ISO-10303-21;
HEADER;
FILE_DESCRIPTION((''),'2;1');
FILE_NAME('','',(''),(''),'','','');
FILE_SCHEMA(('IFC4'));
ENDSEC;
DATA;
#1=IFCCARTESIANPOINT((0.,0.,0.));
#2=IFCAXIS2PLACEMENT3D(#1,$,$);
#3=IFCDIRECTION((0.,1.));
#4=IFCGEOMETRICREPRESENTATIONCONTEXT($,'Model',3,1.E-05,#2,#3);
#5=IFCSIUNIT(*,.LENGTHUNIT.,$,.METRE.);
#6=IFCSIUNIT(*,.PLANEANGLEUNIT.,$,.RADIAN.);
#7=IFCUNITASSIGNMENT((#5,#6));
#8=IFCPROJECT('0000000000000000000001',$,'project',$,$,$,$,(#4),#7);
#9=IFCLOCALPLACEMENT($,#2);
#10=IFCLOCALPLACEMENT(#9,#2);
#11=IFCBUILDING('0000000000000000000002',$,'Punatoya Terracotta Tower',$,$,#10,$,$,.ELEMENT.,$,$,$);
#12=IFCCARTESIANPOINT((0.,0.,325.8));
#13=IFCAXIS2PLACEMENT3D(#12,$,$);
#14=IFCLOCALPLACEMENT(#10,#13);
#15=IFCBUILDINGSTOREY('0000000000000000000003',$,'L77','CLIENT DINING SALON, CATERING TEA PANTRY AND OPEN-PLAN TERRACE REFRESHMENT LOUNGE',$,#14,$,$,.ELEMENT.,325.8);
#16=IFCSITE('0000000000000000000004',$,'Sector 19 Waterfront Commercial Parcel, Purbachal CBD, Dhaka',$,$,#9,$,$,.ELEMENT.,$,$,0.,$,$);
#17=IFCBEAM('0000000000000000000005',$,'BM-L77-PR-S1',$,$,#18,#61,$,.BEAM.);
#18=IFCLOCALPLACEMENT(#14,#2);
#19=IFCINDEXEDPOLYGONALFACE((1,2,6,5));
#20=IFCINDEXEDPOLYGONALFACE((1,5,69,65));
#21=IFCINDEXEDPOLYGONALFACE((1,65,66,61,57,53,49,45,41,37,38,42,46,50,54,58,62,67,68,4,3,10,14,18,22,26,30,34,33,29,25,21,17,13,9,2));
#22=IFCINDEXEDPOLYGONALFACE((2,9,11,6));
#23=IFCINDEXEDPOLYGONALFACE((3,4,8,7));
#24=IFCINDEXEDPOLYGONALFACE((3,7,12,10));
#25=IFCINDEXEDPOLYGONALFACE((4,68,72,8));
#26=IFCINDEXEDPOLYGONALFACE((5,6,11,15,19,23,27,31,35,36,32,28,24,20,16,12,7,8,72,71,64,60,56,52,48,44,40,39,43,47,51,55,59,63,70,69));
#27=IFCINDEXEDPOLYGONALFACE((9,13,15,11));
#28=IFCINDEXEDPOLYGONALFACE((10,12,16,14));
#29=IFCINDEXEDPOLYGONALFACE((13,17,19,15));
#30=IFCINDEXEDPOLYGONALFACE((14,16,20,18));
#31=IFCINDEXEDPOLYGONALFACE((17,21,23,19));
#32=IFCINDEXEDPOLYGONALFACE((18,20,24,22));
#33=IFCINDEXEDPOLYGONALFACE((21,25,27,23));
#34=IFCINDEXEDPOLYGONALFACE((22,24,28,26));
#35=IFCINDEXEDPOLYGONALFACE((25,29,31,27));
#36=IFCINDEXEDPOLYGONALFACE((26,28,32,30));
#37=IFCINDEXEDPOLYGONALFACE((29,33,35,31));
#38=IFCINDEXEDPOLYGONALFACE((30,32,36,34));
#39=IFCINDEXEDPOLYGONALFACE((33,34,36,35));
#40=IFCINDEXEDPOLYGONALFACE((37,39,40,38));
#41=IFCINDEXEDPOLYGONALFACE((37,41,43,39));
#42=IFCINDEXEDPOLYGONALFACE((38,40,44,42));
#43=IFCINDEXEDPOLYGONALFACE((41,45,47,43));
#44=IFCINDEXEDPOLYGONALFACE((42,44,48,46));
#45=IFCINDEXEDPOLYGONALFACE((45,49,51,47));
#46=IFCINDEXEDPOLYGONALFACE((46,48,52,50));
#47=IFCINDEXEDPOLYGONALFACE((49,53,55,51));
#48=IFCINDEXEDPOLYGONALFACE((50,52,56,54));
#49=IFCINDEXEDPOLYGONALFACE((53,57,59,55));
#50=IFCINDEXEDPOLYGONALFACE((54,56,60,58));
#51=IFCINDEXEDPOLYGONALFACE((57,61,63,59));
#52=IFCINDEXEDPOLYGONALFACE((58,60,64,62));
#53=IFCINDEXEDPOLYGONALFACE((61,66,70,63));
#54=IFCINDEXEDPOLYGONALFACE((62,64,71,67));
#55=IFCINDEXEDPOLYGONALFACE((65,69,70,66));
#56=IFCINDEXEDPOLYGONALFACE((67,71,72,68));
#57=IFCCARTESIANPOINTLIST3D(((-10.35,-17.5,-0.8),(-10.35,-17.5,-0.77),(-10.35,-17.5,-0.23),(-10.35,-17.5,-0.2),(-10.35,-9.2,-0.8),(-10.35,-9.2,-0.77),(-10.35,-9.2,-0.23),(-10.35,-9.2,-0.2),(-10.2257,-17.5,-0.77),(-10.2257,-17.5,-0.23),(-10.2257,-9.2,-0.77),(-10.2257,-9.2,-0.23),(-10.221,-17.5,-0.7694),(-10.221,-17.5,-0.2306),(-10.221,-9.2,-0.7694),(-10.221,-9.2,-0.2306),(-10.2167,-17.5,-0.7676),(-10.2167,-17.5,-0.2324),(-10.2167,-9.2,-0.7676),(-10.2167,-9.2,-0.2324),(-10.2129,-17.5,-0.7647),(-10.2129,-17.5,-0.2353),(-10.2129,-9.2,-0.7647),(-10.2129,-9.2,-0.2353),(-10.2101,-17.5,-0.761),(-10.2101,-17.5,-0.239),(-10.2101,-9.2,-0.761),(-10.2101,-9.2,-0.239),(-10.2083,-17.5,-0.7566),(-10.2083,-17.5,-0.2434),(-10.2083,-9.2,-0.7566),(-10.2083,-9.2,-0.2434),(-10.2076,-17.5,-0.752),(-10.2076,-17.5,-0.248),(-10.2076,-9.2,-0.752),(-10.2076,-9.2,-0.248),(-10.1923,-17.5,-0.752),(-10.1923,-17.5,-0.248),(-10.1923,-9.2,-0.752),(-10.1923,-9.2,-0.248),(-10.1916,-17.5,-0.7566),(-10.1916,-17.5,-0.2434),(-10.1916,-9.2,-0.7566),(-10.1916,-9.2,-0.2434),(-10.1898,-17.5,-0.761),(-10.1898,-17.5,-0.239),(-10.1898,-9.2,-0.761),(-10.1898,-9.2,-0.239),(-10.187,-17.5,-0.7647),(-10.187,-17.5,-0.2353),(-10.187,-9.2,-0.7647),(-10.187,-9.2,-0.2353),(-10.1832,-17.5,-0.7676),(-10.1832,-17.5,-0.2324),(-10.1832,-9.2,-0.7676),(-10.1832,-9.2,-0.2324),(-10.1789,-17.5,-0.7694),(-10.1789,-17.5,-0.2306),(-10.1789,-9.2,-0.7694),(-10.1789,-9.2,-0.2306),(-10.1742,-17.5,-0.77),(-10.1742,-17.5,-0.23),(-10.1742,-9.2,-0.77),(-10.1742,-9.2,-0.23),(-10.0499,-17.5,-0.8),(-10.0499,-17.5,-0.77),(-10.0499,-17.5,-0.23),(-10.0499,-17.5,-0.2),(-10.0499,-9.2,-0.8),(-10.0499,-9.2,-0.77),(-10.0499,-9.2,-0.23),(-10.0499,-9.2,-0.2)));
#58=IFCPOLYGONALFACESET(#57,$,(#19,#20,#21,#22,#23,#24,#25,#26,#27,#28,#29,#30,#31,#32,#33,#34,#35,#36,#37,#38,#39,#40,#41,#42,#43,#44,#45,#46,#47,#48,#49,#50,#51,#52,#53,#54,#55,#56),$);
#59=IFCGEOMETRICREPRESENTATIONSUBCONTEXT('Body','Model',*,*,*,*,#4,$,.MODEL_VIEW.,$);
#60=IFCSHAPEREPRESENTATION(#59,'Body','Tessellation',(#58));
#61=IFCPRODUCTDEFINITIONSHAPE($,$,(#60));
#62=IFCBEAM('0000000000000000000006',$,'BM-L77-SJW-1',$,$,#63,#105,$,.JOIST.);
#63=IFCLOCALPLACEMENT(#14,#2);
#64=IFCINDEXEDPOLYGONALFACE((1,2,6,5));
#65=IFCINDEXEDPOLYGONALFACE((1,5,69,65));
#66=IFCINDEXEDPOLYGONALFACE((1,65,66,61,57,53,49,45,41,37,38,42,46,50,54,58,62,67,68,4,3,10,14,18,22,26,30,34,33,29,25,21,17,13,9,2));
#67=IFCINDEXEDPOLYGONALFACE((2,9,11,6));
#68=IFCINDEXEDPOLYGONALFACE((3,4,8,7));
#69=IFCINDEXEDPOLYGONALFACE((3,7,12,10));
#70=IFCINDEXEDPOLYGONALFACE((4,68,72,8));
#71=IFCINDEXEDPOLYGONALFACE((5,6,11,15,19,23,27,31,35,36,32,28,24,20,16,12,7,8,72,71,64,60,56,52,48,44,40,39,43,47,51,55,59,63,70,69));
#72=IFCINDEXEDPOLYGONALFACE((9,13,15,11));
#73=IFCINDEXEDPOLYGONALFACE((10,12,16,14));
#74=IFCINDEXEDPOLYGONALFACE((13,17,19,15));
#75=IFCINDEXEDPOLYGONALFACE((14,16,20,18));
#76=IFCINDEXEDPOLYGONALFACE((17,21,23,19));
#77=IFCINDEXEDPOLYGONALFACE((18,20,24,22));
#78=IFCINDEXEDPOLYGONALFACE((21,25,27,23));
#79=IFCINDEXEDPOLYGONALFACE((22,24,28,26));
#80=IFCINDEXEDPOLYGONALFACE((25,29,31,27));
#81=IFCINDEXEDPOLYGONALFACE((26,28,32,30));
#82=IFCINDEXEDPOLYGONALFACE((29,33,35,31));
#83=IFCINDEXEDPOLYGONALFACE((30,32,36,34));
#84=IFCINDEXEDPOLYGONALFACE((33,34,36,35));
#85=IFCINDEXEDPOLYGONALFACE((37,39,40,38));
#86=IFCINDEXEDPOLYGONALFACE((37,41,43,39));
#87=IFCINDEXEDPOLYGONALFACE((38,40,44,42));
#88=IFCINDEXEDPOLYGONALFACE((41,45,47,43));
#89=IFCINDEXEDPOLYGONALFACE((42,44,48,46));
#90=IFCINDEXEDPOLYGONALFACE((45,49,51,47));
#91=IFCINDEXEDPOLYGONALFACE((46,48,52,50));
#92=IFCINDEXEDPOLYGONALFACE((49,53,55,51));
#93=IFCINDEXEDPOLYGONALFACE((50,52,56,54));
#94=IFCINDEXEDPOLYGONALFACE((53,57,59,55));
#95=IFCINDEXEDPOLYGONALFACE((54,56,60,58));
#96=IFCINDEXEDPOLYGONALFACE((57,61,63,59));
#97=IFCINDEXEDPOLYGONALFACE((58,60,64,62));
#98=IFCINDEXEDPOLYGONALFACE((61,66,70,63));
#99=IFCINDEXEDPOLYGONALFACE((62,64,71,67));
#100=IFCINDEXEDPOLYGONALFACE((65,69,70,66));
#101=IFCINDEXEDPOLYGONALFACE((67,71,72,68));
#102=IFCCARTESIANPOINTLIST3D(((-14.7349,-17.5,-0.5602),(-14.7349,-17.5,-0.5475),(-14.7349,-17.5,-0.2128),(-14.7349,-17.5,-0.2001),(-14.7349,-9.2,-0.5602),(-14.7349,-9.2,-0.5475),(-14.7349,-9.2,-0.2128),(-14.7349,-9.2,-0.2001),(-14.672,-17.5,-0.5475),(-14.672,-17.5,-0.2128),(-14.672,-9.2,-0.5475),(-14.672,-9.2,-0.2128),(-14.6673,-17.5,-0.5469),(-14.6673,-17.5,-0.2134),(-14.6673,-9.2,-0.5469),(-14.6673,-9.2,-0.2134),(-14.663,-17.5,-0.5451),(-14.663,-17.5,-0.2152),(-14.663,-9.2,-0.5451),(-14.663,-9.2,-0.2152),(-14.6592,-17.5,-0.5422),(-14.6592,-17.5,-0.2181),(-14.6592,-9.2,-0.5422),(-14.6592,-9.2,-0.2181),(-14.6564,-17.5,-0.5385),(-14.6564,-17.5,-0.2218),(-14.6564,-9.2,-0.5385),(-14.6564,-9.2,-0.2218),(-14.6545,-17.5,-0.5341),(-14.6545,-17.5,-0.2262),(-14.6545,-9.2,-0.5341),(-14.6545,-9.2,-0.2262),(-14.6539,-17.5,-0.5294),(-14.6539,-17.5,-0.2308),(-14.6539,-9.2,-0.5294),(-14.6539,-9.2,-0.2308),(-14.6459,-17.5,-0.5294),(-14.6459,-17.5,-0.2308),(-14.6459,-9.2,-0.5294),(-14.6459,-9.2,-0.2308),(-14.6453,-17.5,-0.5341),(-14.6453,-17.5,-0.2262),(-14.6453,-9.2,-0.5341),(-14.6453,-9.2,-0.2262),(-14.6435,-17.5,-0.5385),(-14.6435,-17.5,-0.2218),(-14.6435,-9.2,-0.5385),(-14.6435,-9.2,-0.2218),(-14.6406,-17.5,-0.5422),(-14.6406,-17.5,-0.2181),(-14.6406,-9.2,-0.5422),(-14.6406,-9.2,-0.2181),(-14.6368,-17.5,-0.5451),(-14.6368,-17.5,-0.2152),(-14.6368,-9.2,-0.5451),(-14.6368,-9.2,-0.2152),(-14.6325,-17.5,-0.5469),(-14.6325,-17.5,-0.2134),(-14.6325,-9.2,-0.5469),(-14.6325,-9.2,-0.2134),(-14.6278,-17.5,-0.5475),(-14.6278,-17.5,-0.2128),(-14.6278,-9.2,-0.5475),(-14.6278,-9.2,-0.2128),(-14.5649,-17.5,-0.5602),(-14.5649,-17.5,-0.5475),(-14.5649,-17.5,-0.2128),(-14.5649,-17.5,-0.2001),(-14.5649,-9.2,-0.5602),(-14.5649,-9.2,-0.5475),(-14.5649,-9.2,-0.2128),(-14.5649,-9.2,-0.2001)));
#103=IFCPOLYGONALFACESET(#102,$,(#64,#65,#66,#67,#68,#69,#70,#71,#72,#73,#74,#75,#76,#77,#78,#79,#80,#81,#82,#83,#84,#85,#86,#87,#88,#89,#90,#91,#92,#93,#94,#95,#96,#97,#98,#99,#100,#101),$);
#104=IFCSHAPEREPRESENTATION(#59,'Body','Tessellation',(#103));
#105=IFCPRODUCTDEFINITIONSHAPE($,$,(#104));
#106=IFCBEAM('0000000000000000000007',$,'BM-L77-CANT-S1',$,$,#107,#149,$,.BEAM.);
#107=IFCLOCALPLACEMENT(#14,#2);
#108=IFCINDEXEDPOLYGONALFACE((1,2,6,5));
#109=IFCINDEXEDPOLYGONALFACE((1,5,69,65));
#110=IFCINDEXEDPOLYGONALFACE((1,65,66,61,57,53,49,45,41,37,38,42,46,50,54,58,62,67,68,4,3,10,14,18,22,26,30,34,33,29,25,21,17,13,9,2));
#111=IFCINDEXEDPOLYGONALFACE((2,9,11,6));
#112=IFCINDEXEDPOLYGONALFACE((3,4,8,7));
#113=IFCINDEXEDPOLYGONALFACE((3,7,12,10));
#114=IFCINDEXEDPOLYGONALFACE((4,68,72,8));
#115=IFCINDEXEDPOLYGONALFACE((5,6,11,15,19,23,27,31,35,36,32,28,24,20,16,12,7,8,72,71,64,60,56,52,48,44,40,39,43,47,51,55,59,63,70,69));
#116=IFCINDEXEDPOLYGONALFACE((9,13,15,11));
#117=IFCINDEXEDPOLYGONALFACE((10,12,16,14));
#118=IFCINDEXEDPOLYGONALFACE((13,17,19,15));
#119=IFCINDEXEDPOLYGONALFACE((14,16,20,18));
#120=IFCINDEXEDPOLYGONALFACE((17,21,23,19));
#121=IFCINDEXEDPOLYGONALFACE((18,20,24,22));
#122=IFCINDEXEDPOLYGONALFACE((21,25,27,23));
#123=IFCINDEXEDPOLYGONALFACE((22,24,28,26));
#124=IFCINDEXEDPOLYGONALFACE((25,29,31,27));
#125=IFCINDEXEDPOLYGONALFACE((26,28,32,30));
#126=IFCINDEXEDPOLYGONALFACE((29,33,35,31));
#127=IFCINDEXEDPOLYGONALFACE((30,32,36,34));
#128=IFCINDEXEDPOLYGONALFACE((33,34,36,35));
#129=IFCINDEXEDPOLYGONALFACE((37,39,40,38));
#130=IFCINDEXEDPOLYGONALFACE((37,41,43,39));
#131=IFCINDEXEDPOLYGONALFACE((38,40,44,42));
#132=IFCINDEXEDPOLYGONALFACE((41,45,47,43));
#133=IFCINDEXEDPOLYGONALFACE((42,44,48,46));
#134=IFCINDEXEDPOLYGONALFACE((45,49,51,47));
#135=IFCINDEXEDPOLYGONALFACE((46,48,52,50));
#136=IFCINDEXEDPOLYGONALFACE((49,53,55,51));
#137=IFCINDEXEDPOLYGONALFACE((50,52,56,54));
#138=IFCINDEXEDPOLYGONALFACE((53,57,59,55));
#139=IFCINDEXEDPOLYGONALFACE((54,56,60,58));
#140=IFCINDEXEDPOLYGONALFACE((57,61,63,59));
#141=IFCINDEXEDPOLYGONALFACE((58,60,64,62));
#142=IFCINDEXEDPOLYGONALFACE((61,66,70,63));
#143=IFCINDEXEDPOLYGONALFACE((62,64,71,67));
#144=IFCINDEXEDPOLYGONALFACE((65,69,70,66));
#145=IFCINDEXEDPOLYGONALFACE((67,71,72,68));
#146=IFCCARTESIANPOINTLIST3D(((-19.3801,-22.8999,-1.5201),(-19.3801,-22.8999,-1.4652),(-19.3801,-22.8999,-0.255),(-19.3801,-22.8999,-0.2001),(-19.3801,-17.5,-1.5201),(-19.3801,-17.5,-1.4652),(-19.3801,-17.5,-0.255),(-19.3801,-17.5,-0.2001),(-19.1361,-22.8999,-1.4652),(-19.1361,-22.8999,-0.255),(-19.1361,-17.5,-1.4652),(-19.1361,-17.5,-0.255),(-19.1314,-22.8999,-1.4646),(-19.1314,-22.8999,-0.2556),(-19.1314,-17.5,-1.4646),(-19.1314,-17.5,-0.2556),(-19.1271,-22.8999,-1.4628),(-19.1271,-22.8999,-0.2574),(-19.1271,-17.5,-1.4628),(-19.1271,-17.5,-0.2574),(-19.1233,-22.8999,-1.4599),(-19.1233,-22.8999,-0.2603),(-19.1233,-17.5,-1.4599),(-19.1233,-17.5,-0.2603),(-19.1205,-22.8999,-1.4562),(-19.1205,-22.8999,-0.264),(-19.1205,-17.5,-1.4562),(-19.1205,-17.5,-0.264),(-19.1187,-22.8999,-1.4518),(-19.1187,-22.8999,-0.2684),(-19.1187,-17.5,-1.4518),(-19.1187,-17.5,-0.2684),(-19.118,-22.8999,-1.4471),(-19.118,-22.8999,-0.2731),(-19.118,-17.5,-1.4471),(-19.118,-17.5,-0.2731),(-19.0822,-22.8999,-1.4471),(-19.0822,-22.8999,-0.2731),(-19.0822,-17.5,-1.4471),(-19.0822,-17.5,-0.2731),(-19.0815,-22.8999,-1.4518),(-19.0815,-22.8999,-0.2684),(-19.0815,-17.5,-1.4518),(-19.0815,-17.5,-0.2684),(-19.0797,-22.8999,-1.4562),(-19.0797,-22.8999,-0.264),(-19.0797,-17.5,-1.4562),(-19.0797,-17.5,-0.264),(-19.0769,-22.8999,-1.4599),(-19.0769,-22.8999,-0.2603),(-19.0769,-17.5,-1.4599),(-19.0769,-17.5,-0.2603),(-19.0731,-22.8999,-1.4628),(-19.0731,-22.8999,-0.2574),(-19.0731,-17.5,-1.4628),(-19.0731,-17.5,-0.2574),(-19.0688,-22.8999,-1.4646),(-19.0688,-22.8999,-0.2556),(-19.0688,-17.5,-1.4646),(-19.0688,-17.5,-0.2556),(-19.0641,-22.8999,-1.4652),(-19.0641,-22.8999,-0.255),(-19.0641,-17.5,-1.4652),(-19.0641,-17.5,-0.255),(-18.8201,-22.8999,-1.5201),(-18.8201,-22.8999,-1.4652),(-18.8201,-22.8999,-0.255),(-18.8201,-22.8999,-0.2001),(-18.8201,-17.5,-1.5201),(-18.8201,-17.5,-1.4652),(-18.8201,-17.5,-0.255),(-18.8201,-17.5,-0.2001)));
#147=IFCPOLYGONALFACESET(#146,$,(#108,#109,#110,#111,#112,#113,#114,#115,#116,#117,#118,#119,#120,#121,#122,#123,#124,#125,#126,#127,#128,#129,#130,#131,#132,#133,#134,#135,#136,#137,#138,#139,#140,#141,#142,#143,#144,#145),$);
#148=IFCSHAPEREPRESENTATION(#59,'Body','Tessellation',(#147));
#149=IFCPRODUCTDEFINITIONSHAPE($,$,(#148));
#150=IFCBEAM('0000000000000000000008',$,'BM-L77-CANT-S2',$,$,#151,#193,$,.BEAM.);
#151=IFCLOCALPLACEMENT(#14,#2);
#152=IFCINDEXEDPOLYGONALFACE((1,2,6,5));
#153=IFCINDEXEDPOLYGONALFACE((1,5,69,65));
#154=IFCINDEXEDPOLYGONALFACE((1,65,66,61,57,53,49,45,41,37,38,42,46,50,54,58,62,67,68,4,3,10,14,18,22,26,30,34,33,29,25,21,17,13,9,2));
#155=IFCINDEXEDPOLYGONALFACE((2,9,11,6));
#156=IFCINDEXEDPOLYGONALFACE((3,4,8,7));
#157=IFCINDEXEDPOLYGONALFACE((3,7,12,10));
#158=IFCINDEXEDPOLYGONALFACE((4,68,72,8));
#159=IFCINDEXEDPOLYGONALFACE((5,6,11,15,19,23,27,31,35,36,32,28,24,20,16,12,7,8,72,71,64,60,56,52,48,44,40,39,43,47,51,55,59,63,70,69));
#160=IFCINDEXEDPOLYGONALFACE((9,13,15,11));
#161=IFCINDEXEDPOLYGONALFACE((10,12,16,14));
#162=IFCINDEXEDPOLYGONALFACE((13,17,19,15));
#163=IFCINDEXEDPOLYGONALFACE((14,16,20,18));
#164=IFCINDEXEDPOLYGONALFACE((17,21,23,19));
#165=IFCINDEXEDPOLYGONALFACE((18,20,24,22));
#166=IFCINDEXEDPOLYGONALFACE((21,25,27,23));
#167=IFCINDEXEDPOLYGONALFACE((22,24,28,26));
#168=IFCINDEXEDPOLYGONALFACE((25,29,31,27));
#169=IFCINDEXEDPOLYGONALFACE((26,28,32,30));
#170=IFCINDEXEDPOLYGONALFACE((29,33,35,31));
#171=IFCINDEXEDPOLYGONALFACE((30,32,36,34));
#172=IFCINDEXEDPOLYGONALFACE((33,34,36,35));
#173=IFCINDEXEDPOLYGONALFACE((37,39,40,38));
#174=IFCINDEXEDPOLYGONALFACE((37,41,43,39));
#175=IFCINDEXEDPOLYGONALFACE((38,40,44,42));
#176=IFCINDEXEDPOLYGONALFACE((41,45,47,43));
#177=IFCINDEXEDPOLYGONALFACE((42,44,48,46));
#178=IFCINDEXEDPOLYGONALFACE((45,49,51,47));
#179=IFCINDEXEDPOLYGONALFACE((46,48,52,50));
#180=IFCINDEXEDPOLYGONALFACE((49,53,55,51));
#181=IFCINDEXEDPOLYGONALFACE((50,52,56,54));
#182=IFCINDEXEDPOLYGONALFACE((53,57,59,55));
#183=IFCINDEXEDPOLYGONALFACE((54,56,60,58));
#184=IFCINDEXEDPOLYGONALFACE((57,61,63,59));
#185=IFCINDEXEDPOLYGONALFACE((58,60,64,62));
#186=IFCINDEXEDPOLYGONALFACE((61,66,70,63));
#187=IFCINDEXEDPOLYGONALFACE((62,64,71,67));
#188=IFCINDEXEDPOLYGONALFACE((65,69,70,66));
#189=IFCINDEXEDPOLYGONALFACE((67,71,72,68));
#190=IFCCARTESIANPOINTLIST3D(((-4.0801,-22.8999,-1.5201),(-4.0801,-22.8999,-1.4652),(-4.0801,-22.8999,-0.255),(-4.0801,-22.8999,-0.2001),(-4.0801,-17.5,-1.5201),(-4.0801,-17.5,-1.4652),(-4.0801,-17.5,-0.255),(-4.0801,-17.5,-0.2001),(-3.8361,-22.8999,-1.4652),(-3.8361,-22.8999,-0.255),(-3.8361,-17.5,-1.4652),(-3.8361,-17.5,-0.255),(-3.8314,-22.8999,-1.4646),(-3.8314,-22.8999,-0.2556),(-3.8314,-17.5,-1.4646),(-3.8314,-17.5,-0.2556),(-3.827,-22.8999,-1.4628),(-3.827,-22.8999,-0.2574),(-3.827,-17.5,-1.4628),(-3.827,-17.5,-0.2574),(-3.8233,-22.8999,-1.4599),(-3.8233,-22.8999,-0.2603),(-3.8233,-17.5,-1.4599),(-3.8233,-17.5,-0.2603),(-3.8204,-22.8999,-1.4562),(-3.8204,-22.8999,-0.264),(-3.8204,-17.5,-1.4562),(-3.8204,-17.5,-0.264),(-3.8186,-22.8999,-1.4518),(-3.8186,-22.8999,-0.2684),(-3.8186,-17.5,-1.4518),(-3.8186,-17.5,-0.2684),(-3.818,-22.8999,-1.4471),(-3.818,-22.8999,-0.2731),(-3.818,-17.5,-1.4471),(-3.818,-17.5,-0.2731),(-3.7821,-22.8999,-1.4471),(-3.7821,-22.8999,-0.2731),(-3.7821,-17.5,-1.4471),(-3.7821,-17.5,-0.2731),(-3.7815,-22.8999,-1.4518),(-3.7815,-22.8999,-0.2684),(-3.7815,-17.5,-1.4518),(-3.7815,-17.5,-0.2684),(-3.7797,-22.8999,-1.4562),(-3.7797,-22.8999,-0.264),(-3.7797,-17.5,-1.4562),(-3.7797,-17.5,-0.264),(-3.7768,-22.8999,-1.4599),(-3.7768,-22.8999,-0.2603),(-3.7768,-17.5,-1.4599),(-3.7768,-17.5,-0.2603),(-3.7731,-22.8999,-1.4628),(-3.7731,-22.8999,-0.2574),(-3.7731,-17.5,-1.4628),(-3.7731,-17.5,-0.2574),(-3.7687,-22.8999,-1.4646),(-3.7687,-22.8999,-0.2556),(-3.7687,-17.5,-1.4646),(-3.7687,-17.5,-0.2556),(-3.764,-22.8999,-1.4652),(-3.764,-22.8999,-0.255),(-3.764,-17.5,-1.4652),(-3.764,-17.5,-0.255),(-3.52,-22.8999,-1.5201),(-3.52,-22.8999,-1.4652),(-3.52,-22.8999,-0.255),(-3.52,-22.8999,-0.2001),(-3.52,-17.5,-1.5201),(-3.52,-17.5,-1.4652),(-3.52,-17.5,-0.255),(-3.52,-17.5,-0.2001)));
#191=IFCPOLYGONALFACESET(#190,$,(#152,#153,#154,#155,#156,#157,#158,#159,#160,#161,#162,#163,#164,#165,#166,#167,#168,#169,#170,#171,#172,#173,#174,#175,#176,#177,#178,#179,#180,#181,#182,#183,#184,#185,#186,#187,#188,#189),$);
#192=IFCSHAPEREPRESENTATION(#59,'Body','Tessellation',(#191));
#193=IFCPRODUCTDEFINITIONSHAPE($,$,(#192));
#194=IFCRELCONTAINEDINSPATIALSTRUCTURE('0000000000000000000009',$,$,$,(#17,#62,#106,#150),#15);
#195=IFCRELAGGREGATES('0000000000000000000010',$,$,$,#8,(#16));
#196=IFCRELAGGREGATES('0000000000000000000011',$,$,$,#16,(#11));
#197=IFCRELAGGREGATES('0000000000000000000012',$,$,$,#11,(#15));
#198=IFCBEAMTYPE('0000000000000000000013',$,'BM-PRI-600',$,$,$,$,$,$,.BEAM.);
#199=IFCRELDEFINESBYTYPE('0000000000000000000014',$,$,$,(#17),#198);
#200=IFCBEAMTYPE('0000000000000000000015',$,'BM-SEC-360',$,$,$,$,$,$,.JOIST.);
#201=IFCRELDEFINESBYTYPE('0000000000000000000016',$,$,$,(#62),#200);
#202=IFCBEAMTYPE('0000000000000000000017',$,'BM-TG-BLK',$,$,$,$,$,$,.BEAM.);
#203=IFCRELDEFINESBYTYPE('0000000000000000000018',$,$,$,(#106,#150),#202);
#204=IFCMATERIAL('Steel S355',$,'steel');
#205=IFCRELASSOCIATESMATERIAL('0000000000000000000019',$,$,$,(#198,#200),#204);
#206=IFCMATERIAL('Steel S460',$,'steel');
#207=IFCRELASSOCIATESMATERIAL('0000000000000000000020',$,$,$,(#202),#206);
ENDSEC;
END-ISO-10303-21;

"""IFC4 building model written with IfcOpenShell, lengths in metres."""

from ifc_helpers import new_model, si_unit, direction, frame, origin, origin_2d, place, context, subcontext, project, spatial, i_section, extrude, material, material_profile, profile_set, type_object, element, save


model = new_model("IFC4")

# Units and contexts
model_context = context("Model", 3, precision=1e-05, world=origin(), true_north=direction((0.0, 1.0)))
body_context = subcontext(model_context, "Body", "Model", "MODEL_VIEW")
ifc_project = project(units=[si_unit("LENGTHUNIT", "METRE"), si_unit("PLANEANGLEUNIT", "RADIAN")], contexts=[model_context])

# Site, building, storey
site_placement = place(None, origin())
site = spatial("IfcSite", under=ifc_project, at=site_placement, Name="Sector 19 Waterfront Commercial Parcel, Purbachal CBD, Dhaka", CompositionType="ELEMENT", RefElevation=0.0)
building_placement = place(site_placement, origin())
building = spatial("IfcBuilding", under=site, at=building_placement, Name="Punatoya Terracotta Tower", CompositionType="ELEMENT")
storey_placement = place(building_placement, frame((0.0, 0.0, 325.8)))
storey = spatial("IfcBuildingStorey", under=building, at=storey_placement, Name="L77", Description="CLIENT DINING SALON, CATERING TEA PANTRY AND OPEN-PLAN TERRACE REFRESHMENT LOUNGE", CompositionType="ELEMENT", Elevation=325.8)

# Shared definitions
ifc_material_1 = material(Name="Steel S460", Category="steel")

# Beams
ifc_material_2 = material(Name="Steel S355", Category="steel")
ifc_material_profile_1 = material_profile(ifc_material_2, i_section(OverallWidth=0.3, OverallDepth=0.6001, WebThickness=0.0154, FlangeThickness=0.03, FilletRadius=0.0181, at=origin_2d()))
ifc_profile_set_1 = profile_set([ifc_material_profile_1], Name="Steel S355")
beam_type_1 = type_object("IfcBeamType", Name="BM-PRI-600", PredefinedType="BEAM", material=ifc_profile_set_1)
beam_1_placement = place(storey_placement, frame((-10.2, -17.5, -0.5), z_axis=(0.0, 1.0, 0.0), x_axis=(-1.0, 0.0, 0.0)))
element("IfcBeam", 1, at=beam_1_placement, inside=storey, type_object=beam_type_1, Name="BM-L77-PR-S1", PredefinedType="BEAM", context=body_context, shape_type="SweptSolid", body=[
    extrude(i_section(OverallWidth=0.3, OverallDepth=0.6001, WebThickness=0.0154, FlangeThickness=0.03, FilletRadius=0.0181, at=origin_2d()), origin(), (0.0, 0.0, 1.0), 8.3),
])
ifc_material_profile_2 = material_profile(ifc_material_2, i_section(OverallWidth=0.1699, OverallDepth=0.3601, WebThickness=0.0081, FlangeThickness=0.0127, FilletRadius=0.0181, at=origin_2d()))
ifc_profile_set_2 = profile_set([ifc_material_profile_2], Name="Steel S355")
beam_type_2 = type_object("IfcBeamType", Name="BM-SEC-360", PredefinedType="JOIST", material=ifc_profile_set_2)
beam_2_placement = place(storey_placement, frame((-14.6499, -17.5, -0.3801), z_axis=(0.0, 1.0, 0.0), x_axis=(-1.0, 0.0, 0.0)))
element("IfcBeam", 2, at=beam_2_placement, inside=storey, type_object=beam_type_2, Name="BM-L77-SJW-1", PredefinedType="JOIST", context=body_context, shape_type="SweptSolid", body=[
    extrude(i_section(OverallWidth=0.1699, OverallDepth=0.3601, WebThickness=0.0081, FlangeThickness=0.0127, FilletRadius=0.0181, at=origin_2d()), origin(), (0.0, 0.0, 1.0), 8.3),
])
ifc_material_profile_3 = material_profile(ifc_material_1, i_section(OverallWidth=0.5601, OverallDepth=1.3201, WebThickness=0.0359, FlangeThickness=0.0549, FilletRadius=0.0181, at=origin_2d()))
ifc_profile_set_3 = profile_set([ifc_material_profile_3], Name="Steel S460")
beam_type_3 = type_object("IfcBeamType", Name="BM-TG-BLK", PredefinedType="BEAM", material=ifc_profile_set_3)
for number, where, z_axis, x_axis, name in (
    (3, (-19.1001, -22.8999, -0.8601), (0.0, 1.0, 0.0), (-1.0, 0.0, 0.0), "BM-L77-CANT-S1"),
    (4, (-3.8, -22.8999, -0.8601), (0.0, 1.0, 0.0), (-1.0, 0.0, 0.0), "BM-L77-CANT-S2"),
):
    element("IfcBeam", number, at=place(storey_placement, frame(where, z_axis=z_axis, x_axis=x_axis)), inside=storey, type_object=beam_type_3, Name=name, PredefinedType="BEAM", context=body_context, shape_type="SweptSolid", body=[
        extrude(i_section(OverallWidth=0.5601, OverallDepth=1.3201, WebThickness=0.0359, FlangeThickness=0.0549, FilletRadius=0.0181, at=origin_2d()), origin(), (0.0, 0.0, 1.0), 5.3999),
    ])

save(model, "model.ifc")
